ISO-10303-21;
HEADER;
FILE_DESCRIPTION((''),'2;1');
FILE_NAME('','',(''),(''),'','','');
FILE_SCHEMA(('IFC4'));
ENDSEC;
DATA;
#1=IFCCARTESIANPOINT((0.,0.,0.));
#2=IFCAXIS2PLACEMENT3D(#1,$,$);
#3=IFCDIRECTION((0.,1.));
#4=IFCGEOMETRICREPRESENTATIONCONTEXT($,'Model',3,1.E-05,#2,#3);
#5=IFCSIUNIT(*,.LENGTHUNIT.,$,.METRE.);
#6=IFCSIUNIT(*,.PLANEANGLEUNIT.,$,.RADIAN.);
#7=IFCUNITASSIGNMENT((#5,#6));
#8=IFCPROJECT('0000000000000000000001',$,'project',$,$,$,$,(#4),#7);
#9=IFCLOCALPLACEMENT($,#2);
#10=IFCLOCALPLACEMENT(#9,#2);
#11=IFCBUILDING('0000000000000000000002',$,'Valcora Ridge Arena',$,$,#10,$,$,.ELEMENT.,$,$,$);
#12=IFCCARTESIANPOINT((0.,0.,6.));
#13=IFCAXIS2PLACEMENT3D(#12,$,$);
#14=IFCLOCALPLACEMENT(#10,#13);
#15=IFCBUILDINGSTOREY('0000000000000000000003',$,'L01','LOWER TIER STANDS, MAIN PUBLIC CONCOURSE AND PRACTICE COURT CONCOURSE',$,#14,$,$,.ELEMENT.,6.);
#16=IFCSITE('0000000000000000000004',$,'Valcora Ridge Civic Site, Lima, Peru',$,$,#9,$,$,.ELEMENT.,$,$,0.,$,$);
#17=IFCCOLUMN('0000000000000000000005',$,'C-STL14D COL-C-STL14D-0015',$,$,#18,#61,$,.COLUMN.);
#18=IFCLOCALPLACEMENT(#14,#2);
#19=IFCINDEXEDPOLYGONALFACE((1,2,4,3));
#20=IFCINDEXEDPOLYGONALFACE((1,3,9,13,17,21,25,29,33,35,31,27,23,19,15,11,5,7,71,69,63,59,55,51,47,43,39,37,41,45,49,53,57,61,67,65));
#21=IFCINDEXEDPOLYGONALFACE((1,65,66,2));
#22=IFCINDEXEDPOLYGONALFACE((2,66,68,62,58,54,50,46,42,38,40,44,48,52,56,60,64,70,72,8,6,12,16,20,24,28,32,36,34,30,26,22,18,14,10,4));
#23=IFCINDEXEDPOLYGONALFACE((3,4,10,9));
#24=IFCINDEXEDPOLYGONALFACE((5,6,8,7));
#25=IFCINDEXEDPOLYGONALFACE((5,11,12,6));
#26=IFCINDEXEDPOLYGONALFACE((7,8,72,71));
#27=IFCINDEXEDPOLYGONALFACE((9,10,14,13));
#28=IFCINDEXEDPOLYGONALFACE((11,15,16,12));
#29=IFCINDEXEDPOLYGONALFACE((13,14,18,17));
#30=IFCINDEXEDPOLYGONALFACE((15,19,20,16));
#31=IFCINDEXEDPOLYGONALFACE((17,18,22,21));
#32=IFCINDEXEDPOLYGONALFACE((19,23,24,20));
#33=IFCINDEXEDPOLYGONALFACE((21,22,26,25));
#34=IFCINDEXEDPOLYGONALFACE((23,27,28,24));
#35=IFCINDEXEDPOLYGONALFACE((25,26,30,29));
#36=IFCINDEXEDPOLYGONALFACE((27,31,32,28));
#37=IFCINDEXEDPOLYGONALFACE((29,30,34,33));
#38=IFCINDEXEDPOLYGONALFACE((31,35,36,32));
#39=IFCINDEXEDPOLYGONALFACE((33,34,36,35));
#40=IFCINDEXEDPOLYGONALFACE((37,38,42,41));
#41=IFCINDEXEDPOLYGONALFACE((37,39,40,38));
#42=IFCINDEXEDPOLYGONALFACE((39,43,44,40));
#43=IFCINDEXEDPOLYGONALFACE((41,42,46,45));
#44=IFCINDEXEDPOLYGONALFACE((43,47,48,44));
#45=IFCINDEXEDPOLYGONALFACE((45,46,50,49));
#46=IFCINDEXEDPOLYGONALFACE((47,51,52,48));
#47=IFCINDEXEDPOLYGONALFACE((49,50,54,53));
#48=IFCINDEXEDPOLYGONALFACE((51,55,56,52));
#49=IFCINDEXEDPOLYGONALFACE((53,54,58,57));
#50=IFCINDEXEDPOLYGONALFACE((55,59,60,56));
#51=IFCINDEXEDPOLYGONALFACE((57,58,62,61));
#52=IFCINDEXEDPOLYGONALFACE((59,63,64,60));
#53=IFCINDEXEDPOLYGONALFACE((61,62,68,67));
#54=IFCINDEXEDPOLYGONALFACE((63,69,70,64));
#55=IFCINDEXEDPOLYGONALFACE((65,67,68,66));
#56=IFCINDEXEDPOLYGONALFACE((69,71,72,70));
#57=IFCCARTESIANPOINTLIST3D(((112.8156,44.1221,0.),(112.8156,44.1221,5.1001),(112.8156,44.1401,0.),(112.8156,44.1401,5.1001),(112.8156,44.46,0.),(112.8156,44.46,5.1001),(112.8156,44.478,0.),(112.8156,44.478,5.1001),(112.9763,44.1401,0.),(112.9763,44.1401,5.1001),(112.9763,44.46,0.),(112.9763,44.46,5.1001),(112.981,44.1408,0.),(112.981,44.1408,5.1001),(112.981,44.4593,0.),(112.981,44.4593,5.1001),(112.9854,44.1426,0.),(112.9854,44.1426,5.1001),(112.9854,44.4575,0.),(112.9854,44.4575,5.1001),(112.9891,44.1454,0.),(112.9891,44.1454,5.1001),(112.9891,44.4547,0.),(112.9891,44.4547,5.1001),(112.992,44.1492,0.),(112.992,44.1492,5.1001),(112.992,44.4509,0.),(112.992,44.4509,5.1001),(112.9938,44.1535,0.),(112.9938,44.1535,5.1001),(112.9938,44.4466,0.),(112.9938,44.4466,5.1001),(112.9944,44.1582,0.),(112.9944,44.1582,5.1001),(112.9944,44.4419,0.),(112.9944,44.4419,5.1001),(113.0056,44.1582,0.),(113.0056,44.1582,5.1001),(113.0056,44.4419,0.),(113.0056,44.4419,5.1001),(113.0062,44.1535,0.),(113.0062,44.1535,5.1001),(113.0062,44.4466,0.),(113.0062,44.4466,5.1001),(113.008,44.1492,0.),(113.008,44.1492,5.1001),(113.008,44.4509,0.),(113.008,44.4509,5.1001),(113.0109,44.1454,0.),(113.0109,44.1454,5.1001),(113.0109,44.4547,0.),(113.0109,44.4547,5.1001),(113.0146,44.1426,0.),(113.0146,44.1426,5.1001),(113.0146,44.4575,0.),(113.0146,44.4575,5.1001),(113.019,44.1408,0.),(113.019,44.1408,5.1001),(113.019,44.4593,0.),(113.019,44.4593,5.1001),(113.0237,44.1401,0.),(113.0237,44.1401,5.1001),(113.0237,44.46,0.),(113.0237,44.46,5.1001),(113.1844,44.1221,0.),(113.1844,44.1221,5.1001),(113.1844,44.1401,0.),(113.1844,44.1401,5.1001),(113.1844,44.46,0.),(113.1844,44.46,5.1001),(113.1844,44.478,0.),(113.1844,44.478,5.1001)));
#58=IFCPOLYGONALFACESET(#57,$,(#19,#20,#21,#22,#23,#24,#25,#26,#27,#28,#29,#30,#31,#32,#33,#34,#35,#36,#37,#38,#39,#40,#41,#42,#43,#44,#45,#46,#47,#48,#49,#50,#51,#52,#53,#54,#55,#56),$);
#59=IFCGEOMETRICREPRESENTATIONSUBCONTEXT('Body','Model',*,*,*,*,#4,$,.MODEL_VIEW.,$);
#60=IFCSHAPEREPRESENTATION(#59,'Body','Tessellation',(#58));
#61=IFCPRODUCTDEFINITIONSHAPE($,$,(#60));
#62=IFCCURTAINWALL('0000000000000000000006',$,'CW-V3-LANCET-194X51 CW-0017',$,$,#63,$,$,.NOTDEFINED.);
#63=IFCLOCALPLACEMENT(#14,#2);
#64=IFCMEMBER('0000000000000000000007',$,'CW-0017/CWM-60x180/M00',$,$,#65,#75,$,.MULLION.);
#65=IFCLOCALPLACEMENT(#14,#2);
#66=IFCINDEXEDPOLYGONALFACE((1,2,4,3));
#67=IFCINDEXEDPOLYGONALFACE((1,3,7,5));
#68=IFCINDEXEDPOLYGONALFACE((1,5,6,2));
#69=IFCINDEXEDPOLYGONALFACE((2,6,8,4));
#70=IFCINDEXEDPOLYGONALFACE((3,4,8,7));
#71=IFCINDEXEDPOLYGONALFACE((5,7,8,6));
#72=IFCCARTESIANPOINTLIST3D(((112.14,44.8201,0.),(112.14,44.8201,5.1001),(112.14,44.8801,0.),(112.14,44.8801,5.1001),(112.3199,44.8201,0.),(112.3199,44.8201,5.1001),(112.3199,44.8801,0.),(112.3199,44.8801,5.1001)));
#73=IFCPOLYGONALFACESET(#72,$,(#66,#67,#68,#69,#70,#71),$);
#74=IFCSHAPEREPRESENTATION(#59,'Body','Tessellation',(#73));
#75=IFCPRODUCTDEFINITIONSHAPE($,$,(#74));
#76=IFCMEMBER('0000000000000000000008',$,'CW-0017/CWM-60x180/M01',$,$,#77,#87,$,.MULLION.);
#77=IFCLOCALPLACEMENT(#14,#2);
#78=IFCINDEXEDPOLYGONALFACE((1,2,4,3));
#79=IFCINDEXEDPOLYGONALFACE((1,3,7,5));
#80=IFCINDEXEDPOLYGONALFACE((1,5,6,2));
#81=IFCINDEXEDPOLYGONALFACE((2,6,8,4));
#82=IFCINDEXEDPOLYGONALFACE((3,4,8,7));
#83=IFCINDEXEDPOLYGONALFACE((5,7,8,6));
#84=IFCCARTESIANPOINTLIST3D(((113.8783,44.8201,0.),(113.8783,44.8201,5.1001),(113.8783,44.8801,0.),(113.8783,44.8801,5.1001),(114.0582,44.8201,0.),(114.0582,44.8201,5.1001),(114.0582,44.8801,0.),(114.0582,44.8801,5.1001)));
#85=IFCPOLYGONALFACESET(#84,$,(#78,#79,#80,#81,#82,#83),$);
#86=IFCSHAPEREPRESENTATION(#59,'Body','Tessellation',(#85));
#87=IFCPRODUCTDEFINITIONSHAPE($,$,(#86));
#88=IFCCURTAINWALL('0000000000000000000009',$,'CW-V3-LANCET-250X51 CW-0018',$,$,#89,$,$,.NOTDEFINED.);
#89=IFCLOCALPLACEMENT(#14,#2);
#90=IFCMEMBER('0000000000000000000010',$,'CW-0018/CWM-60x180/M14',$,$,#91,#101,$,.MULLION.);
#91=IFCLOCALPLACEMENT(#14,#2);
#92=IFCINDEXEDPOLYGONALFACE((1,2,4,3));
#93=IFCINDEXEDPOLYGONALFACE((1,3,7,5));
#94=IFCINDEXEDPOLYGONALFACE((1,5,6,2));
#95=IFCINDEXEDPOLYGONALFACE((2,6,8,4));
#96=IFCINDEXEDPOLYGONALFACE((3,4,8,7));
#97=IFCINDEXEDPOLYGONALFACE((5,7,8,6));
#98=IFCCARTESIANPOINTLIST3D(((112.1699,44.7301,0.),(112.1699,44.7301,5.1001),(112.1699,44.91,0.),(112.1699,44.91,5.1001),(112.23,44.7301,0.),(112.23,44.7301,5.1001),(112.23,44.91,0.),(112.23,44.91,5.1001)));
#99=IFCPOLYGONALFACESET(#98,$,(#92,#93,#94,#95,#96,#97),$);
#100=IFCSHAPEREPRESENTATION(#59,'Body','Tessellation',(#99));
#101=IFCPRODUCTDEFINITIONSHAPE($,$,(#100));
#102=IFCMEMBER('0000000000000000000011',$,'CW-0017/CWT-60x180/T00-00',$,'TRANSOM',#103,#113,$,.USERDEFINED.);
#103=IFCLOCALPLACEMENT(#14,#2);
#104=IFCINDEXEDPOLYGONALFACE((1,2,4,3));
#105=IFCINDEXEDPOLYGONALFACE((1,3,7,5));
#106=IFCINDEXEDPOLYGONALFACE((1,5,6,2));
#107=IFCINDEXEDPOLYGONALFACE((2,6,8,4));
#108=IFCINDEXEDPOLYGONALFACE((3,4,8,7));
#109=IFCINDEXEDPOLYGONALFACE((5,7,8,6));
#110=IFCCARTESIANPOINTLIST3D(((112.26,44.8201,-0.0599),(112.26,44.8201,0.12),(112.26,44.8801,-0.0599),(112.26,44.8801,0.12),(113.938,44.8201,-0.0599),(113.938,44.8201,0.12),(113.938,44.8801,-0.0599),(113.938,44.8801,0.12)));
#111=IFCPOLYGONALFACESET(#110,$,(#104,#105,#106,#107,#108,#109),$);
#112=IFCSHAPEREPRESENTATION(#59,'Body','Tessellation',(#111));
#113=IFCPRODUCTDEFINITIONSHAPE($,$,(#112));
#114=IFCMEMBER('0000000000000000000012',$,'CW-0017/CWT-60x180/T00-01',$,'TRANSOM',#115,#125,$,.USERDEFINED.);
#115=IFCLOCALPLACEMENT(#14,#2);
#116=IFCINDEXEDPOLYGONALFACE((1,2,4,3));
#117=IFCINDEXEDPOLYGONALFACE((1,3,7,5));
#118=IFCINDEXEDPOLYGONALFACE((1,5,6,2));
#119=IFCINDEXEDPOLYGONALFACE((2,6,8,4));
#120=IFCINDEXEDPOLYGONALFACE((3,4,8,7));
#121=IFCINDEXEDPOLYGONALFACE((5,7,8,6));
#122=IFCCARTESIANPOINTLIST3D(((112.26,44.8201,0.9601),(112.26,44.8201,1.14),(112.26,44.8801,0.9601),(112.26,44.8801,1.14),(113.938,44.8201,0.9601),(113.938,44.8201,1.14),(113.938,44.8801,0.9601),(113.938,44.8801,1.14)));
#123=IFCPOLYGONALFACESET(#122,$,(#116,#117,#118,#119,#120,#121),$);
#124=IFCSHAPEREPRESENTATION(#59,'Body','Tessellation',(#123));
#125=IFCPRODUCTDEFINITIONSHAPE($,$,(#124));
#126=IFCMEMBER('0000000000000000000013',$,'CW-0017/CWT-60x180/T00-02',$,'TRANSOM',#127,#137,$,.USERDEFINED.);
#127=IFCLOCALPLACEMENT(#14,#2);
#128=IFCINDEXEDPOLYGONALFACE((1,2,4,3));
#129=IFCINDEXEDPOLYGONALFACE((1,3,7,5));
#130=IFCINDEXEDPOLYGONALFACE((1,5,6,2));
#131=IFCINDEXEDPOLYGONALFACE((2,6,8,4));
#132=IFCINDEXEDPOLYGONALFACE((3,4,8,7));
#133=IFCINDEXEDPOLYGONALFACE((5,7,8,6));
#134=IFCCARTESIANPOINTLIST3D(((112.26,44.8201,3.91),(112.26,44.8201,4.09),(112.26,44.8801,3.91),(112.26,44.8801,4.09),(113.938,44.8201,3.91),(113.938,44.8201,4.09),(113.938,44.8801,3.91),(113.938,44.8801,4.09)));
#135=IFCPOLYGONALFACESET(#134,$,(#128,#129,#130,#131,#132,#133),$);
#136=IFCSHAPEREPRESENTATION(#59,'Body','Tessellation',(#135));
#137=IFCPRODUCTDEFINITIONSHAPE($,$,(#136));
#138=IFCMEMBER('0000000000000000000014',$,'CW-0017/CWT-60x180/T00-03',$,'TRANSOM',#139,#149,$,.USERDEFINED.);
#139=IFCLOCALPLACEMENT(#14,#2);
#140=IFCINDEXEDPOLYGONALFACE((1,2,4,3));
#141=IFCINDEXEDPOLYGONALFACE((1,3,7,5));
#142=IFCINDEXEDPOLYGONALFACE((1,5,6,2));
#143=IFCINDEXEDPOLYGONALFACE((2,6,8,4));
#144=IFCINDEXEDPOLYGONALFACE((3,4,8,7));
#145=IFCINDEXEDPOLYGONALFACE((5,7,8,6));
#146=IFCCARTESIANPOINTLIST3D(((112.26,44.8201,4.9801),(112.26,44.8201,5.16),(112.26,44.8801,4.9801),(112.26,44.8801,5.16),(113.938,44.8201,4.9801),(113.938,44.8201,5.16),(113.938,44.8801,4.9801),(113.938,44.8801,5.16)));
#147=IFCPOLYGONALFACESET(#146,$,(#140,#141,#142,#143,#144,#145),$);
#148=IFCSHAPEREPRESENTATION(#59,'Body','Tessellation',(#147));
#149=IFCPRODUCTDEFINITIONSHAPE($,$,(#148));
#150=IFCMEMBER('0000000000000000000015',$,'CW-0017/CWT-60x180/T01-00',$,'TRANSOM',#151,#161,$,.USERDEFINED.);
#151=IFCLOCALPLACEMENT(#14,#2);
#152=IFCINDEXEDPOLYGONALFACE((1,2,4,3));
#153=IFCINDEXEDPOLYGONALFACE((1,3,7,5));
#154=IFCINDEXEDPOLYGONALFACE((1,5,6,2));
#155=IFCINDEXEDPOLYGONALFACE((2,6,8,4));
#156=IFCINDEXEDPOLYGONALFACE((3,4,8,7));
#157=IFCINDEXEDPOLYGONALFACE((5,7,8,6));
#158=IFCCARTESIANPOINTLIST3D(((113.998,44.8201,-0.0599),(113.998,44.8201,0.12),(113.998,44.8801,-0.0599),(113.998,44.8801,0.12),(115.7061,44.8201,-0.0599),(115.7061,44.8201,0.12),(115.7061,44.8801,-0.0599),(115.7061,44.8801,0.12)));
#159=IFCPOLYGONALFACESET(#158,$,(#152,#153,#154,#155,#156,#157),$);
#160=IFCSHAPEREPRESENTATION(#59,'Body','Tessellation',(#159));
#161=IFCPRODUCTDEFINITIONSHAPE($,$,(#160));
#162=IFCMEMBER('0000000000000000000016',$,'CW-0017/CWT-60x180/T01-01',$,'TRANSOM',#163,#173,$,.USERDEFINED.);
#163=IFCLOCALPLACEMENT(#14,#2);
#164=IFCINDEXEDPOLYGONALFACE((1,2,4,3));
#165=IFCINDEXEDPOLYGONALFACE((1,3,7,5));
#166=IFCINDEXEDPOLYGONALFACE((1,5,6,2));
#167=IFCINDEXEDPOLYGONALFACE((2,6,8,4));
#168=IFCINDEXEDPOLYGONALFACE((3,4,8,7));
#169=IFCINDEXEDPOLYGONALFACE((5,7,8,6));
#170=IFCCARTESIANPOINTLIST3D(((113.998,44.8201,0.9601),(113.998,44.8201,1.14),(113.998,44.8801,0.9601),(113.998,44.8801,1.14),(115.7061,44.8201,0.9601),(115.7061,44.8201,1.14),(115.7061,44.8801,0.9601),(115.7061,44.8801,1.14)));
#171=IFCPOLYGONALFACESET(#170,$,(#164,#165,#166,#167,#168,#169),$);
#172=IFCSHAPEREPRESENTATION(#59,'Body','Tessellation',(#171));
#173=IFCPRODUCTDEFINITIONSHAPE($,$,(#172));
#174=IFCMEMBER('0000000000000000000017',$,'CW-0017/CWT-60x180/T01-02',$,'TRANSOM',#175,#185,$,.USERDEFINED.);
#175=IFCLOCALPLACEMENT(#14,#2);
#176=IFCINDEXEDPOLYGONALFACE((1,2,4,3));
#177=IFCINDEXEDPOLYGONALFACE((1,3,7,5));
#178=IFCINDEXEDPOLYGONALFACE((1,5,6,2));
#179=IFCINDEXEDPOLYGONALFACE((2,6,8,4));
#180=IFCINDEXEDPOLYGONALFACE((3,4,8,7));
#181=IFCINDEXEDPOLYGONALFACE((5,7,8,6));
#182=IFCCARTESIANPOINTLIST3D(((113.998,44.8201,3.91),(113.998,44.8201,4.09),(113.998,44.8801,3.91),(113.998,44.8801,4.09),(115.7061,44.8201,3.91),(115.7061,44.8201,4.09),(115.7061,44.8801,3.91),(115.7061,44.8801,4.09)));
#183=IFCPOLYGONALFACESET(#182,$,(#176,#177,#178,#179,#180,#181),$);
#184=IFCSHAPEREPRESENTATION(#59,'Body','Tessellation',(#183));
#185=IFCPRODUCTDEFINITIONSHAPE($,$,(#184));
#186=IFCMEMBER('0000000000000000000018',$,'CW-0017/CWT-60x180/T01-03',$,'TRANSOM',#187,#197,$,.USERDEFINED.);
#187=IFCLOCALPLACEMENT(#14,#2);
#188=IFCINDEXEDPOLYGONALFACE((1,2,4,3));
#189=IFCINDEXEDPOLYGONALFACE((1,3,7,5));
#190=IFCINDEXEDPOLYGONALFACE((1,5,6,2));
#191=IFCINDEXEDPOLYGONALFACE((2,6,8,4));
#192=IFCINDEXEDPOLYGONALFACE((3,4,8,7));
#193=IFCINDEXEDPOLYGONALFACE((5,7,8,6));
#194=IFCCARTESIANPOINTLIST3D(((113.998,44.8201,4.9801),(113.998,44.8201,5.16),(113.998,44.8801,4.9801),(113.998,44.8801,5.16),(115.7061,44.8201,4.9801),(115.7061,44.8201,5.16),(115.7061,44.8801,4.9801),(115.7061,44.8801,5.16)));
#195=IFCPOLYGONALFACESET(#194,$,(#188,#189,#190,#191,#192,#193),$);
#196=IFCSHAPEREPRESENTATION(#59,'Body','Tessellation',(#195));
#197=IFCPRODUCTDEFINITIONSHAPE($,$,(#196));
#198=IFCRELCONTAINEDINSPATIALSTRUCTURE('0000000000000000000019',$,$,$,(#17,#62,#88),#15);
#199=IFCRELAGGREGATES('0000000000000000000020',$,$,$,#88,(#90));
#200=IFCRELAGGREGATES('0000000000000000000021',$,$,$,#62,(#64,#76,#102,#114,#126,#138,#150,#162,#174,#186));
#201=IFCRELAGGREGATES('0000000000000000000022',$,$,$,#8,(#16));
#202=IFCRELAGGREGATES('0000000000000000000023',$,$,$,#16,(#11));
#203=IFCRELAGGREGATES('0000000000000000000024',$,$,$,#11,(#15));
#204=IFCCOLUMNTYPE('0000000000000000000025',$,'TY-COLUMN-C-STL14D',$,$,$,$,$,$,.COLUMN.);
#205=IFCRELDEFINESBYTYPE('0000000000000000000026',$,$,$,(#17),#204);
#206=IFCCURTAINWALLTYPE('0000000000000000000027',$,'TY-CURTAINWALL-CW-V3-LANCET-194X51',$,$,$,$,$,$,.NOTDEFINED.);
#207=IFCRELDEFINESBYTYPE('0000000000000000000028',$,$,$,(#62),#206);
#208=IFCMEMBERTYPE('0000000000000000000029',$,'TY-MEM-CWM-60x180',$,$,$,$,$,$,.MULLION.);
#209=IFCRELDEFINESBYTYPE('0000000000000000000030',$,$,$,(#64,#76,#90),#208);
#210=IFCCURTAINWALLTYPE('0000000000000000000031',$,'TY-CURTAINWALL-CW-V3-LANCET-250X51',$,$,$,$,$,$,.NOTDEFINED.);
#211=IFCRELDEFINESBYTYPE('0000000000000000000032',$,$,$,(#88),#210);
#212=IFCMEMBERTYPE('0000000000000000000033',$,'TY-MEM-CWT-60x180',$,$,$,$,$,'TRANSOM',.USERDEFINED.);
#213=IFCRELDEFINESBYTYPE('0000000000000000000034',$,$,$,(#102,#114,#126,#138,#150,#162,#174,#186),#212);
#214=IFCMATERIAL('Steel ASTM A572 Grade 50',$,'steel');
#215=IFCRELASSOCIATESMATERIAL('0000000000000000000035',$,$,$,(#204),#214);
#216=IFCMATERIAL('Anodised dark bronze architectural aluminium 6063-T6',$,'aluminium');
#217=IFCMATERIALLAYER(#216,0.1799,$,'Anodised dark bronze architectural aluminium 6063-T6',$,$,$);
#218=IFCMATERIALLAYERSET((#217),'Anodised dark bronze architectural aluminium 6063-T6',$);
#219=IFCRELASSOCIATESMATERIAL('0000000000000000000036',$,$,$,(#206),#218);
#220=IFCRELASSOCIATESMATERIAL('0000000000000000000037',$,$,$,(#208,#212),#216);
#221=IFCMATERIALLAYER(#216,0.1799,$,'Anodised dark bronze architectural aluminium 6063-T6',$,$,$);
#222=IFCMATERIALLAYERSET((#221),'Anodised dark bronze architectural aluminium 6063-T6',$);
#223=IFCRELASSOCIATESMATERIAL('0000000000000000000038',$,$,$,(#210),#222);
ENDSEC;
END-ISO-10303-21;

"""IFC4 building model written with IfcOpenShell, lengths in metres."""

from ifc_helpers import new_model, si_unit, direction, frame, origin, origin_2d, place, context, subcontext, project, spatial, rectangle, i_section, extrude, material, layer, layer_set, material_profile, profile_set, type_object, element, aggregate, save


model = new_model("IFC4")

# Units and contexts
model_context = context("Model", 3, precision=1e-05, world=origin(), true_north=direction((0.0, 1.0)))
body_context = subcontext(model_context, "Body", "Model", "MODEL_VIEW")
ifc_project = project(units=[si_unit("LENGTHUNIT", "METRE"), si_unit("PLANEANGLEUNIT", "RADIAN")], contexts=[model_context])

# Site, building, storey
site_placement = place(None, origin())
site = spatial("IfcSite", under=ifc_project, at=site_placement, Name="Valcora Ridge Civic Site, Lima, Peru", CompositionType="ELEMENT", RefElevation=0.0)
building_placement = place(site_placement, origin())
building = spatial("IfcBuilding", under=site, at=building_placement, Name="Valcora Ridge Arena", CompositionType="ELEMENT")
storey_placement = place(building_placement, frame((0.0, 0.0, 6.0)))
storey = spatial("IfcBuildingStorey", under=building, at=storey_placement, Name="L01", Description="LOWER TIER STANDS, MAIN PUBLIC CONCOURSE AND PRACTICE COURT CONCOURSE", CompositionType="ELEMENT", Elevation=6.0)

# Column
ifc_material_1 = material(Name="Steel ASTM A572 Grade 50", Category="steel")
ifc_material_profile_1 = material_profile(ifc_material_1, i_section(OverallWidth=0.3689, OverallDepth=0.356, WebThickness=0.0112, FlangeThickness=0.0181, FilletRadius=0.0181, at=origin_2d()), Name="W14X90")
ifc_profile_set_1 = profile_set([ifc_material_profile_1], Name="Steel ASTM A572 Grade 50")
column_type = type_object("IfcColumnType", Name="TY-COLUMN-C-STL14D", PredefinedType="COLUMN", material=ifc_profile_set_1)
column_placement = place(storey_placement, frame((113.0, 44.3, 0.0), z_axis=(0.0, 0.0, 1.0), x_axis=(1.0, 0.0, 0.0)))
element("IfcColumn", 1, at=column_placement, inside=storey, type_object=column_type, Name="C-STL14D COL-C-STL14D-0015", PredefinedType="COLUMN", context=body_context, shape_type="SweptSolid", body=[
    extrude(i_section(OverallWidth=0.3689, OverallDepth=0.356, WebThickness=0.0112, FlangeThickness=0.0181, FilletRadius=0.0181, at=origin_2d()), origin(), (0.0, 0.0, 1.0), 5.1001),
])

# Curtain wall, members
ifc_material_2 = material(Name="Anodised dark bronze architectural aluminium 6063-T6", Category="aluminium")
ifc_layer_1 = layer(ifc_material_2, 0.1799, Name="Anodised dark bronze architectural aluminium 6063-T6")
ifc_layer_set_1 = layer_set([ifc_layer_1], Name="Anodised dark bronze architectural aluminium 6063-T6")
curtain_wall_type_1 = type_object("IfcCurtainWallType", Name="TY-CURTAINWALL-CW-V3-LANCET-194X51", PredefinedType="NOTDEFINED", material=ifc_layer_set_1)
curtain_wall_1_placement = place(storey_placement, origin())
curtain_wall_1 = element("IfcCurtainWall", 2, at=curtain_wall_1_placement, inside=storey, type_object=curtain_wall_type_1, Name="CW-V3-LANCET-194X51 CW-0017", PredefinedType="NOTDEFINED")
ifc_material_profile_2 = material_profile(ifc_material_2, rectangle(XDim=0.0601, YDim=0.1799, at=origin_2d()), Name="ALU MULLION 60x180")
ifc_profile_set_2 = profile_set([ifc_material_profile_2], Name="Anodised dark bronze architectural aluminium 6063-T6")
member_type_1 = type_object("IfcMemberType", Name="TY-MEM-CWM-60x180", PredefinedType="MULLION", material=ifc_profile_set_2)
member_1_placement = place(storey_placement, frame((112.23, 44.8501, 0.0), z_axis=(0.0, 0.0, 1.0), x_axis=(0.0, 1.0, 0.0)))
member_1 = element("IfcMember", 3, at=member_1_placement, type_object=member_type_1, Name="CW-0017/CWM-60x180/M00", PredefinedType="MULLION", context=body_context, shape_type="SweptSolid", body=[
    extrude(rectangle(XDim=0.0601, YDim=0.1799, at=origin_2d()), origin(), (0.0, 0.0, 1.0), 5.1001),
])
member_2_placement = place(storey_placement, frame((113.9683, 44.8501, 0.0), z_axis=(0.0, 0.0, 1.0), x_axis=(0.0, 1.0, 0.0)))
member_2 = element("IfcMember", 4, at=member_2_placement, type_object=member_type_1, Name="CW-0017/CWM-60x180/M01", PredefinedType="MULLION", context=body_context, shape_type="SweptSolid", body=[
    extrude(rectangle(XDim=0.0601, YDim=0.1799, at=origin_2d()), origin(), (0.0, 0.0, 1.0), 5.1001),
])

# Curtain wall, member
ifc_layer_2 = layer(ifc_material_2, 0.1799, Name="Anodised dark bronze architectural aluminium 6063-T6")
ifc_layer_set_2 = layer_set([ifc_layer_2], Name="Anodised dark bronze architectural aluminium 6063-T6")
curtain_wall_type_2 = type_object("IfcCurtainWallType", Name="TY-CURTAINWALL-CW-V3-LANCET-250X51", PredefinedType="NOTDEFINED", material=ifc_layer_set_2)
curtain_wall_2_placement = place(storey_placement, origin())
curtain_wall_2 = element("IfcCurtainWall", 5, at=curtain_wall_2_placement, inside=storey, type_object=curtain_wall_type_2, Name="CW-V3-LANCET-250X51 CW-0018", PredefinedType="NOTDEFINED")
member_3_placement = place(storey_placement, frame((112.2, 44.8201, 0.0), z_axis=(0.0, 0.0, 1.0), x_axis=(-1.0, 0.0, 0.0)))
member_3 = element("IfcMember", 6, at=member_3_placement, type_object=member_type_1, Name="CW-0018/CWM-60x180/M14", PredefinedType="MULLION", context=body_context, shape_type="SweptSolid", body=[
    extrude(rectangle(XDim=0.0601, YDim=0.1799, at=origin_2d()), origin(), (0.0, 0.0, 1.0), 5.1001),
])

# Members
ifc_material_profile_3 = material_profile(ifc_material_2, rectangle(XDim=0.0601, YDim=0.1799, at=origin_2d()), Name="ALU TRANSOM 60x180")
ifc_profile_set_3 = profile_set([ifc_material_profile_3], Name="Anodised dark bronze architectural aluminium 6063-T6")
member_type_2 = type_object("IfcMemberType", Name="TY-MEM-CWT-60x180", ElementType="TRANSOM", PredefinedType="USERDEFINED", material=ifc_profile_set_3)
member_4_placement = place(storey_placement, frame((112.26, 44.8501, 0.03), z_axis=(1.0, 0.0, 0.0), x_axis=(0.0, 1.0, 0.0)))
member_4 = element("IfcMember", 7, at=member_4_placement, type_object=member_type_2, Name="CW-0017/CWT-60x180/T00-00", ObjectType="TRANSOM", PredefinedType="USERDEFINED", context=body_context, shape_type="SweptSolid", body=[
    extrude(rectangle(XDim=0.0601, YDim=0.1799, at=origin_2d()), origin(), (0.0, 0.0, 1.0), 1.678),
])
member_5_placement = place(storey_placement, frame((112.26, 44.8501, 1.05), z_axis=(1.0, 0.0, 0.0), x_axis=(0.0, 1.0, 0.0)))
member_5 = element("IfcMember", 8, at=member_5_placement, type_object=member_type_2, Name="CW-0017/CWT-60x180/T00-01", ObjectType="TRANSOM", PredefinedType="USERDEFINED", context=body_context, shape_type="SweptSolid", body=[
    extrude(rectangle(XDim=0.0601, YDim=0.1799, at=origin_2d()), origin(), (0.0, 0.0, 1.0), 1.678),
])
member_6_placement = place(storey_placement, frame((112.26, 44.8501, 4.0), z_axis=(1.0, 0.0, 0.0), x_axis=(0.0, 1.0, 0.0)))
member_6 = element("IfcMember", 9, at=member_6_placement, type_object=member_type_2, Name="CW-0017/CWT-60x180/T00-02", ObjectType="TRANSOM", PredefinedType="USERDEFINED", context=body_context, shape_type="SweptSolid", body=[
    extrude(rectangle(XDim=0.0601, YDim=0.1799, at=origin_2d()), origin(), (0.0, 0.0, 1.0), 1.678),
])
member_7_placement = place(storey_placement, frame((112.26, 44.8501, 5.0701), z_axis=(1.0, 0.0, 0.0), x_axis=(0.0, 1.0, 0.0)))
member_7 = element("IfcMember", 10, at=member_7_placement, type_object=member_type_2, Name="CW-0017/CWT-60x180/T00-03", ObjectType="TRANSOM", PredefinedType="USERDEFINED", context=body_context, shape_type="SweptSolid", body=[
    extrude(rectangle(XDim=0.0601, YDim=0.1799, at=origin_2d()), origin(), (0.0, 0.0, 1.0), 1.678),
])
member_8_placement = place(storey_placement, frame((113.998, 44.8501, 0.03), z_axis=(1.0, 0.0, 0.0), x_axis=(0.0, 1.0, 0.0)))
member_8 = element("IfcMember", 11, at=member_8_placement, type_object=member_type_2, Name="CW-0017/CWT-60x180/T01-00", ObjectType="TRANSOM", PredefinedType="USERDEFINED", context=body_context, shape_type="SweptSolid", body=[
    extrude(rectangle(XDim=0.0601, YDim=0.1799, at=origin_2d()), origin(), (0.0, 0.0, 1.0), 1.708),
])
member_9_placement = place(storey_placement, frame((113.998, 44.8501, 1.05), z_axis=(1.0, 0.0, 0.0), x_axis=(0.0, 1.0, 0.0)))
member_9 = element("IfcMember", 12, at=member_9_placement, type_object=member_type_2, Name="CW-0017/CWT-60x180/T01-01", ObjectType="TRANSOM", PredefinedType="USERDEFINED", context=body_context, shape_type="SweptSolid", body=[
    extrude(rectangle(XDim=0.0601, YDim=0.1799, at=origin_2d()), origin(), (0.0, 0.0, 1.0), 1.708),
])
member_10_placement = place(storey_placement, frame((113.998, 44.8501, 4.0), z_axis=(1.0, 0.0, 0.0), x_axis=(0.0, 1.0, 0.0)))
member_10 = element("IfcMember", 13, at=member_10_placement, type_object=member_type_2, Name="CW-0017/CWT-60x180/T01-02", ObjectType="TRANSOM", PredefinedType="USERDEFINED", context=body_context, shape_type="SweptSolid", body=[
    extrude(rectangle(XDim=0.0601, YDim=0.1799, at=origin_2d()), origin(), (0.0, 0.0, 1.0), 1.708),
])
member_11_placement = place(storey_placement, frame((113.998, 44.8501, 5.0701), z_axis=(1.0, 0.0, 0.0), x_axis=(0.0, 1.0, 0.0)))
member_11 = element("IfcMember", 14, at=member_11_placement, type_object=member_type_2, Name="CW-0017/CWT-60x180/T01-03", ObjectType="TRANSOM", PredefinedType="USERDEFINED", context=body_context, shape_type="SweptSolid", body=[
    extrude(rectangle(XDim=0.0601, YDim=0.1799, at=origin_2d()), origin(), (0.0, 0.0, 1.0), 1.708),
])

aggregate(curtain_wall_2, [member_3])
aggregate(curtain_wall_1, [member_1, member_2, member_4, member_5, member_6, member_7, member_8, member_9, member_10, member_11])

save(model, "model.ifc")
